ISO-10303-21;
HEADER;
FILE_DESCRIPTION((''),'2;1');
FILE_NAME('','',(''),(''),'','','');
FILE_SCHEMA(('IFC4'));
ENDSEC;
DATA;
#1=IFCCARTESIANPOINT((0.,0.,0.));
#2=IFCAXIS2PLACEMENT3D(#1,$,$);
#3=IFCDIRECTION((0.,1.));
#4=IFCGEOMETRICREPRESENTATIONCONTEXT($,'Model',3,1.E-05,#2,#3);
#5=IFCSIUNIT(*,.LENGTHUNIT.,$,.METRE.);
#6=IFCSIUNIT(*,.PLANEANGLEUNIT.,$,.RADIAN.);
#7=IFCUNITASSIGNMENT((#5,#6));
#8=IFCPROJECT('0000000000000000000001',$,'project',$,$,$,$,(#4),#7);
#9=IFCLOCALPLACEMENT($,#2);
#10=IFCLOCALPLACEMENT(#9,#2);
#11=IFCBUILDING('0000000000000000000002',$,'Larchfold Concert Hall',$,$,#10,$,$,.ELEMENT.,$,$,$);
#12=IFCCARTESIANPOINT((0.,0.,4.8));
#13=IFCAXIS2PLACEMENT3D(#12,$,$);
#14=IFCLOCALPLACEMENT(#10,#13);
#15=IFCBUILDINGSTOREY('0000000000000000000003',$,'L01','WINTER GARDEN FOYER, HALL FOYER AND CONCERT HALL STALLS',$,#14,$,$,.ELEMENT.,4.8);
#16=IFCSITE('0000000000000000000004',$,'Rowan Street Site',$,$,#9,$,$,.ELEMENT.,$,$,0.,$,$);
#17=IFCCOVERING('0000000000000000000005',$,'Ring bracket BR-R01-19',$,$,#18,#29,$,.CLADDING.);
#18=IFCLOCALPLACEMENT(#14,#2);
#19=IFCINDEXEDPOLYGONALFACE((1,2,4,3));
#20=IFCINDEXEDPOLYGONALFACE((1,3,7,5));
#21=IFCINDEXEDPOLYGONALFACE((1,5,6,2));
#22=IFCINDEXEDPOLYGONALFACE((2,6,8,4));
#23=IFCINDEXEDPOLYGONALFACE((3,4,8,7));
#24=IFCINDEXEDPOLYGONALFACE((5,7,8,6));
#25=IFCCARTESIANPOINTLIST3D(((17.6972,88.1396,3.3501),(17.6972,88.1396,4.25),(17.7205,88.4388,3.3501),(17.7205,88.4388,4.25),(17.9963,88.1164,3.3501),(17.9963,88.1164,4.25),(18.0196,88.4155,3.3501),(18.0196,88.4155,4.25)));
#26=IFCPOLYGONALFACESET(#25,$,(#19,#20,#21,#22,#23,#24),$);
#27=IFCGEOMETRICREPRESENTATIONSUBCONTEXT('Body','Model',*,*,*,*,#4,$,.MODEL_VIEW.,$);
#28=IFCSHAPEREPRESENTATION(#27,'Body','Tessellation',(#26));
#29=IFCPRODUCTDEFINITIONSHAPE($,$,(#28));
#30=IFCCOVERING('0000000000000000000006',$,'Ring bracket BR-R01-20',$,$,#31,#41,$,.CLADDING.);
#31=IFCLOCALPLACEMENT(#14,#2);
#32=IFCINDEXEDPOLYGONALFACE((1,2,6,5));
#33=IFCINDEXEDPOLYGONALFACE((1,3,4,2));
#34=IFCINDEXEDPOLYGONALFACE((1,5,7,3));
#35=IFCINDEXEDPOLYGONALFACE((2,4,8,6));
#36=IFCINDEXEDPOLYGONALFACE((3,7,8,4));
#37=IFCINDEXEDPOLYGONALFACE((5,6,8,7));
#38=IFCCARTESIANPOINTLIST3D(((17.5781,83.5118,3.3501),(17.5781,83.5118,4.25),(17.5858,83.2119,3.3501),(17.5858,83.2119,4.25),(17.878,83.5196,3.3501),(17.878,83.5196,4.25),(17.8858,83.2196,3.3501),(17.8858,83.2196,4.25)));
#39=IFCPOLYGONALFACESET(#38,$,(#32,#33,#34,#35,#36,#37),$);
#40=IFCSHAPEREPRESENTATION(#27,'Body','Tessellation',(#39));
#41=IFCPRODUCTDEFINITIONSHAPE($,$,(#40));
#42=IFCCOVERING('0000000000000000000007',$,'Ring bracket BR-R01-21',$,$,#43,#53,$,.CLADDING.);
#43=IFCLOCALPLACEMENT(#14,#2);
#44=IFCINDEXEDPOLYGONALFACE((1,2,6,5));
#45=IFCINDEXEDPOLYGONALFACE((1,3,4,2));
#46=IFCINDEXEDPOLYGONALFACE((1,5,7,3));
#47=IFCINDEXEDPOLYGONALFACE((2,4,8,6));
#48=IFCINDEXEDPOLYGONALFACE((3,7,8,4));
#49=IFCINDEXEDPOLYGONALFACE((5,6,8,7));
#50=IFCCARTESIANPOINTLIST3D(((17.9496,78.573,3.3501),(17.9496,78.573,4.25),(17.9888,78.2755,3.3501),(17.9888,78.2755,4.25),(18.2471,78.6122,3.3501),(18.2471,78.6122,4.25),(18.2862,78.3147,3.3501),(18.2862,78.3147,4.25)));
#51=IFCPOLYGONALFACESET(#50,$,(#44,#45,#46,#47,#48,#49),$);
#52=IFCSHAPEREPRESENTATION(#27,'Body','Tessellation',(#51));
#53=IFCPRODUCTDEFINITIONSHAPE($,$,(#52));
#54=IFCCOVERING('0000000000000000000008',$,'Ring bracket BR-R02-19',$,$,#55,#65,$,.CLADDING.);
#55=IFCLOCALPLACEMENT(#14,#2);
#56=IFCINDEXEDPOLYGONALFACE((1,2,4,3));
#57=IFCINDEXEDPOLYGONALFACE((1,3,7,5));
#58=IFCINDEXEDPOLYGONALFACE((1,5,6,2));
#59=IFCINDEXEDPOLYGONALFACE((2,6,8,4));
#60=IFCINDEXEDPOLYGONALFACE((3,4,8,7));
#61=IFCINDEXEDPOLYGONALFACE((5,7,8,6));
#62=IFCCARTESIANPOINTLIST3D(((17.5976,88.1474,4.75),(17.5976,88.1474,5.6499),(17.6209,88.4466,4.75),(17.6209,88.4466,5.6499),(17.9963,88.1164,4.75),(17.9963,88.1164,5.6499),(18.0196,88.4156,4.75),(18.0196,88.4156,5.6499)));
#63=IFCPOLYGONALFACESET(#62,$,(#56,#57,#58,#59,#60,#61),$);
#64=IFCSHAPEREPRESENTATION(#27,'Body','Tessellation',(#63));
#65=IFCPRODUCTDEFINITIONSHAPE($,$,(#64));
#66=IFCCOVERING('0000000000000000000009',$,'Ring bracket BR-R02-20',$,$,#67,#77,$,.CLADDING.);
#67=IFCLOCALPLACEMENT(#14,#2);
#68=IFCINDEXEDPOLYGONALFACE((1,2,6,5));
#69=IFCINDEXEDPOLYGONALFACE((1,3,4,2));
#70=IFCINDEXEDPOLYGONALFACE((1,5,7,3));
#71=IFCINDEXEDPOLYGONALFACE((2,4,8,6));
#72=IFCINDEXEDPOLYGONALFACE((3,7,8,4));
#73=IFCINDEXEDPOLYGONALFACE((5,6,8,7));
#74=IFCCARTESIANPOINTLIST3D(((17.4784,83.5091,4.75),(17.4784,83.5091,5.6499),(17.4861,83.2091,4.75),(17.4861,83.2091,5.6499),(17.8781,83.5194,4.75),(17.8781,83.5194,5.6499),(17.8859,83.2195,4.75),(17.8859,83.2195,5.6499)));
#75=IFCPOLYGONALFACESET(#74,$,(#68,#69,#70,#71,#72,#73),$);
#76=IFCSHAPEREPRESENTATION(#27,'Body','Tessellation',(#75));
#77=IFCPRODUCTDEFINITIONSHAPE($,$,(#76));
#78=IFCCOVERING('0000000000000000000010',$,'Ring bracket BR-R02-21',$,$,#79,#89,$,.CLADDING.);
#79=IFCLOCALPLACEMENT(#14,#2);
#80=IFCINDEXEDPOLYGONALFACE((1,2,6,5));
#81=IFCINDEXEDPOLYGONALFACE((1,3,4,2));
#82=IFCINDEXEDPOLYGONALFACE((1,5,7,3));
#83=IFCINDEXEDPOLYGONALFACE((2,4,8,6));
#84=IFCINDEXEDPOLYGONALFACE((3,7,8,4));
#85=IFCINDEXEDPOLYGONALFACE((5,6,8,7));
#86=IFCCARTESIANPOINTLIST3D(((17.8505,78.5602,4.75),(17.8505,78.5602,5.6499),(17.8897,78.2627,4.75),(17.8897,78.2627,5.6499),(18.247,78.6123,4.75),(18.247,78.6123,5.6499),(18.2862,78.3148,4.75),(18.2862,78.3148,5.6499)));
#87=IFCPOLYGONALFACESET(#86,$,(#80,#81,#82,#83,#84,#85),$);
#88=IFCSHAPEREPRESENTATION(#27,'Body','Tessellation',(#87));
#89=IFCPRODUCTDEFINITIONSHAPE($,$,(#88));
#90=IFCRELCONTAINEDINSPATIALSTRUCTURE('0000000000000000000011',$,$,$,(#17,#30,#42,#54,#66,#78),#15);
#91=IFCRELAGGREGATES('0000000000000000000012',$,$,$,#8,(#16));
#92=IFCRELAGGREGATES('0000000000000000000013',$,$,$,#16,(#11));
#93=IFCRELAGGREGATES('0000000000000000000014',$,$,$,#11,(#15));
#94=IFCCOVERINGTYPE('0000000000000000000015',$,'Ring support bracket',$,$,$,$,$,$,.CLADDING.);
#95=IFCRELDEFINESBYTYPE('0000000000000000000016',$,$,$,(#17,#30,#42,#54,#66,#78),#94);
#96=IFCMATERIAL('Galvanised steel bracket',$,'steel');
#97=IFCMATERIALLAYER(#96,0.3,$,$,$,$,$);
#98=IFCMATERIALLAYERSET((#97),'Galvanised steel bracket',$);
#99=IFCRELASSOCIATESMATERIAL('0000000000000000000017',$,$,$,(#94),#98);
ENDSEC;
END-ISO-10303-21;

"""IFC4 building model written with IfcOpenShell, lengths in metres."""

from ifc_helpers import new_model, si_unit, direction, frame, origin, origin_2d, place, context, subcontext, project, spatial, rectangle, extrude, material, layer, layer_set, type_object, element, save


model = new_model("IFC4")

# Units and contexts
model_context = context("Model", 3, precision=1e-05, world=origin(), true_north=direction((0.0, 1.0)))
body_context = subcontext(model_context, "Body", "Model", "MODEL_VIEW")
ifc_project = project(units=[si_unit("LENGTHUNIT", "METRE"), si_unit("PLANEANGLEUNIT", "RADIAN")], contexts=[model_context])

# Site, building, storey
site_placement = place(None, origin())
site = spatial("IfcSite", under=ifc_project, at=site_placement, Name="Rowan Street Site", CompositionType="ELEMENT", RefElevation=0.0)
building_placement = place(site_placement, origin())
building = spatial("IfcBuilding", under=site, at=building_placement, Name="Larchfold Concert Hall", CompositionType="ELEMENT")
storey_placement = place(building_placement, frame((0.0, 0.0, 4.8)))
storey = spatial("IfcBuildingStorey", under=building, at=storey_placement, Name="L01", Description="WINTER GARDEN FOYER, HALL FOYER AND CONCERT HALL STALLS", CompositionType="ELEMENT", Elevation=4.8)

# Coverings
ifc_material_1 = material(Name="Galvanised steel bracket", Category="steel")
ifc_layer_1 = layer(ifc_material_1, 0.3)
ifc_layer_set_1 = layer_set([ifc_layer_1], Name="Galvanised steel bracket")
covering_type = type_object("IfcCoveringType", Name="Ring support bracket", PredefinedType="CLADDING", material=ifc_layer_set_1)
for number, where, z_axis, x_axis, name in (
    (1, (17.8584, 88.2776, 3.3501), (0.0, 0.0, 1.0), (-0.99699, 0.077528, 0.0), "Ring bracket BR-R01-19"),
    (2, (17.7319, 83.3657, 3.3501), (0.0, 0.0, 1.0), (-0.999665, -0.025882, 0.0), "Ring bracket BR-R01-20"),
    (3, (18.1179, 78.4438, 3.3501), (0.0, 0.0, 1.0), (-0.99145, -0.130488, 0.0), "Ring bracket BR-R01-21"),
):
    element("IfcCovering", number, at=place(storey_placement, frame(where, z_axis=z_axis, x_axis=x_axis)), inside=storey, type_object=covering_type, Name=name, PredefinedType="CLADDING", context=body_context, shape_type="SweptSolid", body=[
        extrude(rectangle(XDim=0.3, YDim=0.3, at=origin_2d()), origin(), (0.0, 0.0, 1.0), 0.8999),
    ])
for number, where, z_axis, x_axis, name in (
    (4, (17.8086, 88.2815, 4.75), (0.0, 0.0, 1.0), (-0.99699, 0.077528, 0.0), "Ring bracket BR-R02-19"),
    (5, (17.6821, 83.3643, 4.75), (0.0, 0.0, 1.0), (-0.999665, -0.025882, 0.0), "Ring bracket BR-R02-20"),
    (6, (18.0684, 78.4375, 4.75), (0.0, 0.0, 1.0), (-0.99145, -0.130488, 0.0), "Ring bracket BR-R02-21"),
):
    element("IfcCovering", number, at=place(storey_placement, frame(where, z_axis=z_axis, x_axis=x_axis)), inside=storey, type_object=covering_type, Name=name, PredefinedType="CLADDING", context=body_context, shape_type="SweptSolid", body=[
        extrude(rectangle(XDim=0.3999, YDim=0.3, at=origin_2d()), origin(), (0.0, 0.0, 1.0), 0.8999),
    ])

save(model, "model.ifc")
